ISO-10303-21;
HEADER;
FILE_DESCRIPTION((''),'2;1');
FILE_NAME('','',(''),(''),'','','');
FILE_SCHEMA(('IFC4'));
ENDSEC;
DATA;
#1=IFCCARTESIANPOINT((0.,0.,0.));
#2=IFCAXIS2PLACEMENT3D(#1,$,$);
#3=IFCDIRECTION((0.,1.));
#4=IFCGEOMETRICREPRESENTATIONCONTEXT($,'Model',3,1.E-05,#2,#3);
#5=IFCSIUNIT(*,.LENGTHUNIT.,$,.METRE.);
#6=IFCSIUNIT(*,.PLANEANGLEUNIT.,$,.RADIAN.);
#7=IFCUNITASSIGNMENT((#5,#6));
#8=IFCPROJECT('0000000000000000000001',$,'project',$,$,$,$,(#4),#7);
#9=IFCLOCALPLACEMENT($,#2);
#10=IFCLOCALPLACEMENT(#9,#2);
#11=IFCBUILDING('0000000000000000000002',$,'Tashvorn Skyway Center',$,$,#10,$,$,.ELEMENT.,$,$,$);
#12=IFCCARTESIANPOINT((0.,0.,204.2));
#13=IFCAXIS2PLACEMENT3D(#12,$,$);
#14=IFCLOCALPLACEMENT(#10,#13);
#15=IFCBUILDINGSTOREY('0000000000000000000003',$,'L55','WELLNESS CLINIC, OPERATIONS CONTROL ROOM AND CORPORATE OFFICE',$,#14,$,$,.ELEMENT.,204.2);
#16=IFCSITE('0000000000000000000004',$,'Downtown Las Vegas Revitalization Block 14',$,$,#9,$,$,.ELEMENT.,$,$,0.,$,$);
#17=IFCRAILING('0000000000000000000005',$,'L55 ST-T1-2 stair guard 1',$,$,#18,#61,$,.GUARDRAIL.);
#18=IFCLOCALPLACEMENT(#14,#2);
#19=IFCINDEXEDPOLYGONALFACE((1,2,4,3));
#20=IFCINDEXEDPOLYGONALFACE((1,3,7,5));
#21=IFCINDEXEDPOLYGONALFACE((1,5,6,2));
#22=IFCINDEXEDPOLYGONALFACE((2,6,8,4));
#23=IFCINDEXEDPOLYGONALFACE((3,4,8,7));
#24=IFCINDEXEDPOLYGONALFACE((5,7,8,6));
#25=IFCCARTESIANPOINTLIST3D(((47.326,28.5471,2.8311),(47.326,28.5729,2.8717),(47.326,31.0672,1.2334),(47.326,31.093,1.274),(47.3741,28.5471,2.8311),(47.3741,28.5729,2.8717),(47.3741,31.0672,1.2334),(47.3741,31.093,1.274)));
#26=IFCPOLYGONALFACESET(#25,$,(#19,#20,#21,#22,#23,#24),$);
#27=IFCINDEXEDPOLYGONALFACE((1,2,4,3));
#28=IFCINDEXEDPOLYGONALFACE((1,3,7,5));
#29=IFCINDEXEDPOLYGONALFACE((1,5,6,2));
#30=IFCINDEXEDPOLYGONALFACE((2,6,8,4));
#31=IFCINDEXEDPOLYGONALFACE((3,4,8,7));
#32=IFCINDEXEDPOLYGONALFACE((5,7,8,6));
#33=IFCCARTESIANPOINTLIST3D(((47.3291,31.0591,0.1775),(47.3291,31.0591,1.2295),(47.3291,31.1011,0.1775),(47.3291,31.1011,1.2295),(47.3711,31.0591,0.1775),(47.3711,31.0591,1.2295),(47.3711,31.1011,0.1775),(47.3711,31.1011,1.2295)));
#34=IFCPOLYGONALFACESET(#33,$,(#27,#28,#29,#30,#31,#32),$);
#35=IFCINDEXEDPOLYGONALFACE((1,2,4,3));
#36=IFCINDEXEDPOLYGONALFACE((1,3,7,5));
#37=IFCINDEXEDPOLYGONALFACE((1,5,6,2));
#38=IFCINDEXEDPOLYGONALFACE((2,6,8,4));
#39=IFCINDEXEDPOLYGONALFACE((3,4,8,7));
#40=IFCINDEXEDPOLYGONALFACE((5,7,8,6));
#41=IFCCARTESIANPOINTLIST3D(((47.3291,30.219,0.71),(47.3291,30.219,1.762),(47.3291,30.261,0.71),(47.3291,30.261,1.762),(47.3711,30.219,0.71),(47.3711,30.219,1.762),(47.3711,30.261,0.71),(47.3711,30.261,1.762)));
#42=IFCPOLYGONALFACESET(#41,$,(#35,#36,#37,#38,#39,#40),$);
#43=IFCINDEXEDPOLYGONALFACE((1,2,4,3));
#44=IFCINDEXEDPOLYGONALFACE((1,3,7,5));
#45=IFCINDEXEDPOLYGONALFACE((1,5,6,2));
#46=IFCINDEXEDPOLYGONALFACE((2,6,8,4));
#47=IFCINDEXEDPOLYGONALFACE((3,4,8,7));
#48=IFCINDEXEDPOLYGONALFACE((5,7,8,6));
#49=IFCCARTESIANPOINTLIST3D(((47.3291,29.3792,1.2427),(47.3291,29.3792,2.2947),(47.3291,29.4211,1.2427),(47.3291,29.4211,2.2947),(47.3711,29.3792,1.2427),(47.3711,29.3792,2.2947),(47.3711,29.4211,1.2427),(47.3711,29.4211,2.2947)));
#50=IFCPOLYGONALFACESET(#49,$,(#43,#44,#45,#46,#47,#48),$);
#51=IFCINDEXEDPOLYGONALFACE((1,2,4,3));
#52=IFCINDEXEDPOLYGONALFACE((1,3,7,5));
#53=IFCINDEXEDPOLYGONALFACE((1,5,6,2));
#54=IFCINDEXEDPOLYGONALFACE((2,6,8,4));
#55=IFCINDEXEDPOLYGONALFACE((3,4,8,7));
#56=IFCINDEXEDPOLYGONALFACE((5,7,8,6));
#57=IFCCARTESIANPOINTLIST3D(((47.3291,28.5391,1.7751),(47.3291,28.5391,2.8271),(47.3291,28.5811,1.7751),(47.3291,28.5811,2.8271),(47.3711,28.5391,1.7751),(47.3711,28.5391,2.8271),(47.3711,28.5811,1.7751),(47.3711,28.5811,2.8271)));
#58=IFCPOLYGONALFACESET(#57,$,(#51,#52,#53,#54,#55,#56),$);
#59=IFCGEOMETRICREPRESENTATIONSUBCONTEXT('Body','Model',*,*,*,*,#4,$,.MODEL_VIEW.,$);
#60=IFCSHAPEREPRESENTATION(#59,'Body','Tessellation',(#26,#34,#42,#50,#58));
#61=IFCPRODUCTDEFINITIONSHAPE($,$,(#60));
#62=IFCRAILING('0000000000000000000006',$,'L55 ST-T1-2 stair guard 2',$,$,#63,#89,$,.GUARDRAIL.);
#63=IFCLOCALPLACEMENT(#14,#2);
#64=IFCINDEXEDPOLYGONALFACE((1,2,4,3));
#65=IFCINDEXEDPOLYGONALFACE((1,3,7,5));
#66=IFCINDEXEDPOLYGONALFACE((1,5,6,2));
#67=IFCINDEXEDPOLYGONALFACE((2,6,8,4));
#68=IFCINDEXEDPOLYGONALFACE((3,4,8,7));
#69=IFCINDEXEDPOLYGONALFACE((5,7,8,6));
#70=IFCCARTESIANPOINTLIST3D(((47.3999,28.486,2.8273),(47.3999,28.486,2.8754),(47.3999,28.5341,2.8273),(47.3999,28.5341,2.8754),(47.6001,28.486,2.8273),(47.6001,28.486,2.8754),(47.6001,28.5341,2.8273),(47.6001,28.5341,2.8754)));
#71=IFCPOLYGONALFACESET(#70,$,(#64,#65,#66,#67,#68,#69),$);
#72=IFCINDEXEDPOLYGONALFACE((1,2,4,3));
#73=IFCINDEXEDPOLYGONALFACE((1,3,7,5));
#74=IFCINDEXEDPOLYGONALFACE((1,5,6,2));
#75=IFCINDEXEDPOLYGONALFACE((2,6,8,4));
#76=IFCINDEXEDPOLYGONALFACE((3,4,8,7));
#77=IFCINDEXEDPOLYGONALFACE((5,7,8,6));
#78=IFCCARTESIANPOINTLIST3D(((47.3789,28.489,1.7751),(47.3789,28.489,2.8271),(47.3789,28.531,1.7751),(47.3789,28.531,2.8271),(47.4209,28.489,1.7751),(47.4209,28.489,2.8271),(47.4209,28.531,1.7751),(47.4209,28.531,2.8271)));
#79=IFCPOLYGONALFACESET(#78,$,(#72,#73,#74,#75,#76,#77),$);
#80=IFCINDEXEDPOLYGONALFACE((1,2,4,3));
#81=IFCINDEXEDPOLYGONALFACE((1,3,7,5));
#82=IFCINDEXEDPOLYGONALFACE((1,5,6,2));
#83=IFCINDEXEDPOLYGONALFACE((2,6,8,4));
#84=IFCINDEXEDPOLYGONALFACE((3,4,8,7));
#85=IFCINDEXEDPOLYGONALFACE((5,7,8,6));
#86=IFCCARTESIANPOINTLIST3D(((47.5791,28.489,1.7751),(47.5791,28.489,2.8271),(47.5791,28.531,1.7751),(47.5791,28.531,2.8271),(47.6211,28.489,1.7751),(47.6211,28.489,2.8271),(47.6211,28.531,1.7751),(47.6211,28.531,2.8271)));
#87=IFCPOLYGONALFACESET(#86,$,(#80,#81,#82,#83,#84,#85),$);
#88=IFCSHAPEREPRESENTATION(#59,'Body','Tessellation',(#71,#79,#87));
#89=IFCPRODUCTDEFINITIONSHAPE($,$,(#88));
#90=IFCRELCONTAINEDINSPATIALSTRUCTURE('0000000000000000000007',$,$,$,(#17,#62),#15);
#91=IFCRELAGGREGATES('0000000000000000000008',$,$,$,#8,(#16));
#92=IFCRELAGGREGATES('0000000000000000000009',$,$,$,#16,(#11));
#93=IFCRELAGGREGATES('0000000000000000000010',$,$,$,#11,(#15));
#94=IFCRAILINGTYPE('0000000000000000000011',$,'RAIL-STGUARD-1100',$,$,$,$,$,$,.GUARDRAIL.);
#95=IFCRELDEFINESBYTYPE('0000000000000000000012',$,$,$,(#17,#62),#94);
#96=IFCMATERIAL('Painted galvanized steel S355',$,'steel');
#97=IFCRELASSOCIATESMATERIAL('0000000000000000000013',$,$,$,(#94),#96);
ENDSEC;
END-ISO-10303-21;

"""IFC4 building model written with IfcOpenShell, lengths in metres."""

from ifc_helpers import new_model, si_unit, direction, frame, origin, origin_2d, place, context, subcontext, project, spatial, rectangle, extrude, material, type_object, element, save


model = new_model("IFC4")

# Units and contexts
model_context = context("Model", 3, precision=1e-05, world=origin(), true_north=direction((0.0, 1.0)))
body_context = subcontext(model_context, "Body", "Model", "MODEL_VIEW")
ifc_project = project(units=[si_unit("LENGTHUNIT", "METRE"), si_unit("PLANEANGLEUNIT", "RADIAN")], contexts=[model_context])

# Site, building, storey
site_placement = place(None, origin())
site = spatial("IfcSite", under=ifc_project, at=site_placement, Name="Downtown Las Vegas Revitalization Block 14", CompositionType="ELEMENT", RefElevation=0.0)
building_placement = place(site_placement, origin())
building = spatial("IfcBuilding", under=site, at=building_placement, Name="Tashvorn Skyway Center", CompositionType="ELEMENT")
storey_placement = place(building_placement, frame((0.0, 0.0, 204.2)))
storey = spatial("IfcBuildingStorey", under=building, at=storey_placement, Name="L55", Description="WELLNESS CLINIC, OPERATIONS CONTROL ROOM AND CORPORATE OFFICE", CompositionType="ELEMENT", Elevation=204.2)

# Railings
ifc_material_1 = material(Name="Painted galvanized steel S355", Category="steel")
railing_type_1 = type_object("IfcRailingType", Name="RAIL-STGUARD-1100", PredefinedType="GUARDRAIL", material=ifc_material_1)
railing_1_placement = place(storey_placement, frame((47.3501, 31.0801, 0.1775)))
element("IfcRailing", 1, at=railing_1_placement, inside=storey, type_object=railing_type_1, Name="L55 ST-T1-2 stair guard 1", PredefinedType="GUARDRAIL", context=body_context, shape_type="SweptSolid", body=[
    extrude(rectangle(XDim=0.0481, YDim=0.0481, at=origin_2d()), frame((0.0, 0.0, 1.0762), z_axis=(0.0, -0.84457, 0.535445), x_axis=(1.0, 0.0, 0.0)), (0.0, 0.0, 1.0), 2.9839),
    extrude(rectangle(XDim=0.042, YDim=0.042, at=origin_2d()), origin(), (0.0, 0.0, 1.0), 1.052),
    extrude(rectangle(XDim=0.042, YDim=0.042, at=origin_2d()), frame((0.0, -0.8401, 0.5325)), (0.0, 0.0, 1.0), 1.052),
    extrude(rectangle(XDim=0.042, YDim=0.042, at=origin_2d()), frame((0.0, -1.6799, 1.0652)), (0.0, 0.0, 1.0), 1.052),
    extrude(rectangle(XDim=0.042, YDim=0.042, at=origin_2d()), frame((0.0, -2.52, 1.5977)), (0.0, 0.0, 1.0), 1.052),
])
railing_2_placement = place(storey_placement, frame((47.3999, 28.51, 1.7751)))
element("IfcRailing", 2, at=railing_2_placement, inside=storey, type_object=railing_type_1, Name="L55 ST-T1-2 stair guard 2", PredefinedType="GUARDRAIL", context=body_context, shape_type="SweptSolid", body=[
    extrude(rectangle(XDim=0.0481, YDim=0.0481, at=origin_2d()), frame((0.0, 0.0, 1.0762), z_axis=(1.0, 0.0, 0.0), x_axis=(0.0, 1.0, 0.0)), (0.0, 0.0, 1.0), 0.2002),
    extrude(rectangle(XDim=0.042, YDim=0.042, at=origin_2d()), origin(), (0.0, 0.0, 1.0), 1.052),
    extrude(rectangle(XDim=0.042, YDim=0.042, at=origin_2d()), frame((0.2002, 0.0, 0.0)), (0.0, 0.0, 1.0), 1.052),
])

save(model, "model.ifc")
